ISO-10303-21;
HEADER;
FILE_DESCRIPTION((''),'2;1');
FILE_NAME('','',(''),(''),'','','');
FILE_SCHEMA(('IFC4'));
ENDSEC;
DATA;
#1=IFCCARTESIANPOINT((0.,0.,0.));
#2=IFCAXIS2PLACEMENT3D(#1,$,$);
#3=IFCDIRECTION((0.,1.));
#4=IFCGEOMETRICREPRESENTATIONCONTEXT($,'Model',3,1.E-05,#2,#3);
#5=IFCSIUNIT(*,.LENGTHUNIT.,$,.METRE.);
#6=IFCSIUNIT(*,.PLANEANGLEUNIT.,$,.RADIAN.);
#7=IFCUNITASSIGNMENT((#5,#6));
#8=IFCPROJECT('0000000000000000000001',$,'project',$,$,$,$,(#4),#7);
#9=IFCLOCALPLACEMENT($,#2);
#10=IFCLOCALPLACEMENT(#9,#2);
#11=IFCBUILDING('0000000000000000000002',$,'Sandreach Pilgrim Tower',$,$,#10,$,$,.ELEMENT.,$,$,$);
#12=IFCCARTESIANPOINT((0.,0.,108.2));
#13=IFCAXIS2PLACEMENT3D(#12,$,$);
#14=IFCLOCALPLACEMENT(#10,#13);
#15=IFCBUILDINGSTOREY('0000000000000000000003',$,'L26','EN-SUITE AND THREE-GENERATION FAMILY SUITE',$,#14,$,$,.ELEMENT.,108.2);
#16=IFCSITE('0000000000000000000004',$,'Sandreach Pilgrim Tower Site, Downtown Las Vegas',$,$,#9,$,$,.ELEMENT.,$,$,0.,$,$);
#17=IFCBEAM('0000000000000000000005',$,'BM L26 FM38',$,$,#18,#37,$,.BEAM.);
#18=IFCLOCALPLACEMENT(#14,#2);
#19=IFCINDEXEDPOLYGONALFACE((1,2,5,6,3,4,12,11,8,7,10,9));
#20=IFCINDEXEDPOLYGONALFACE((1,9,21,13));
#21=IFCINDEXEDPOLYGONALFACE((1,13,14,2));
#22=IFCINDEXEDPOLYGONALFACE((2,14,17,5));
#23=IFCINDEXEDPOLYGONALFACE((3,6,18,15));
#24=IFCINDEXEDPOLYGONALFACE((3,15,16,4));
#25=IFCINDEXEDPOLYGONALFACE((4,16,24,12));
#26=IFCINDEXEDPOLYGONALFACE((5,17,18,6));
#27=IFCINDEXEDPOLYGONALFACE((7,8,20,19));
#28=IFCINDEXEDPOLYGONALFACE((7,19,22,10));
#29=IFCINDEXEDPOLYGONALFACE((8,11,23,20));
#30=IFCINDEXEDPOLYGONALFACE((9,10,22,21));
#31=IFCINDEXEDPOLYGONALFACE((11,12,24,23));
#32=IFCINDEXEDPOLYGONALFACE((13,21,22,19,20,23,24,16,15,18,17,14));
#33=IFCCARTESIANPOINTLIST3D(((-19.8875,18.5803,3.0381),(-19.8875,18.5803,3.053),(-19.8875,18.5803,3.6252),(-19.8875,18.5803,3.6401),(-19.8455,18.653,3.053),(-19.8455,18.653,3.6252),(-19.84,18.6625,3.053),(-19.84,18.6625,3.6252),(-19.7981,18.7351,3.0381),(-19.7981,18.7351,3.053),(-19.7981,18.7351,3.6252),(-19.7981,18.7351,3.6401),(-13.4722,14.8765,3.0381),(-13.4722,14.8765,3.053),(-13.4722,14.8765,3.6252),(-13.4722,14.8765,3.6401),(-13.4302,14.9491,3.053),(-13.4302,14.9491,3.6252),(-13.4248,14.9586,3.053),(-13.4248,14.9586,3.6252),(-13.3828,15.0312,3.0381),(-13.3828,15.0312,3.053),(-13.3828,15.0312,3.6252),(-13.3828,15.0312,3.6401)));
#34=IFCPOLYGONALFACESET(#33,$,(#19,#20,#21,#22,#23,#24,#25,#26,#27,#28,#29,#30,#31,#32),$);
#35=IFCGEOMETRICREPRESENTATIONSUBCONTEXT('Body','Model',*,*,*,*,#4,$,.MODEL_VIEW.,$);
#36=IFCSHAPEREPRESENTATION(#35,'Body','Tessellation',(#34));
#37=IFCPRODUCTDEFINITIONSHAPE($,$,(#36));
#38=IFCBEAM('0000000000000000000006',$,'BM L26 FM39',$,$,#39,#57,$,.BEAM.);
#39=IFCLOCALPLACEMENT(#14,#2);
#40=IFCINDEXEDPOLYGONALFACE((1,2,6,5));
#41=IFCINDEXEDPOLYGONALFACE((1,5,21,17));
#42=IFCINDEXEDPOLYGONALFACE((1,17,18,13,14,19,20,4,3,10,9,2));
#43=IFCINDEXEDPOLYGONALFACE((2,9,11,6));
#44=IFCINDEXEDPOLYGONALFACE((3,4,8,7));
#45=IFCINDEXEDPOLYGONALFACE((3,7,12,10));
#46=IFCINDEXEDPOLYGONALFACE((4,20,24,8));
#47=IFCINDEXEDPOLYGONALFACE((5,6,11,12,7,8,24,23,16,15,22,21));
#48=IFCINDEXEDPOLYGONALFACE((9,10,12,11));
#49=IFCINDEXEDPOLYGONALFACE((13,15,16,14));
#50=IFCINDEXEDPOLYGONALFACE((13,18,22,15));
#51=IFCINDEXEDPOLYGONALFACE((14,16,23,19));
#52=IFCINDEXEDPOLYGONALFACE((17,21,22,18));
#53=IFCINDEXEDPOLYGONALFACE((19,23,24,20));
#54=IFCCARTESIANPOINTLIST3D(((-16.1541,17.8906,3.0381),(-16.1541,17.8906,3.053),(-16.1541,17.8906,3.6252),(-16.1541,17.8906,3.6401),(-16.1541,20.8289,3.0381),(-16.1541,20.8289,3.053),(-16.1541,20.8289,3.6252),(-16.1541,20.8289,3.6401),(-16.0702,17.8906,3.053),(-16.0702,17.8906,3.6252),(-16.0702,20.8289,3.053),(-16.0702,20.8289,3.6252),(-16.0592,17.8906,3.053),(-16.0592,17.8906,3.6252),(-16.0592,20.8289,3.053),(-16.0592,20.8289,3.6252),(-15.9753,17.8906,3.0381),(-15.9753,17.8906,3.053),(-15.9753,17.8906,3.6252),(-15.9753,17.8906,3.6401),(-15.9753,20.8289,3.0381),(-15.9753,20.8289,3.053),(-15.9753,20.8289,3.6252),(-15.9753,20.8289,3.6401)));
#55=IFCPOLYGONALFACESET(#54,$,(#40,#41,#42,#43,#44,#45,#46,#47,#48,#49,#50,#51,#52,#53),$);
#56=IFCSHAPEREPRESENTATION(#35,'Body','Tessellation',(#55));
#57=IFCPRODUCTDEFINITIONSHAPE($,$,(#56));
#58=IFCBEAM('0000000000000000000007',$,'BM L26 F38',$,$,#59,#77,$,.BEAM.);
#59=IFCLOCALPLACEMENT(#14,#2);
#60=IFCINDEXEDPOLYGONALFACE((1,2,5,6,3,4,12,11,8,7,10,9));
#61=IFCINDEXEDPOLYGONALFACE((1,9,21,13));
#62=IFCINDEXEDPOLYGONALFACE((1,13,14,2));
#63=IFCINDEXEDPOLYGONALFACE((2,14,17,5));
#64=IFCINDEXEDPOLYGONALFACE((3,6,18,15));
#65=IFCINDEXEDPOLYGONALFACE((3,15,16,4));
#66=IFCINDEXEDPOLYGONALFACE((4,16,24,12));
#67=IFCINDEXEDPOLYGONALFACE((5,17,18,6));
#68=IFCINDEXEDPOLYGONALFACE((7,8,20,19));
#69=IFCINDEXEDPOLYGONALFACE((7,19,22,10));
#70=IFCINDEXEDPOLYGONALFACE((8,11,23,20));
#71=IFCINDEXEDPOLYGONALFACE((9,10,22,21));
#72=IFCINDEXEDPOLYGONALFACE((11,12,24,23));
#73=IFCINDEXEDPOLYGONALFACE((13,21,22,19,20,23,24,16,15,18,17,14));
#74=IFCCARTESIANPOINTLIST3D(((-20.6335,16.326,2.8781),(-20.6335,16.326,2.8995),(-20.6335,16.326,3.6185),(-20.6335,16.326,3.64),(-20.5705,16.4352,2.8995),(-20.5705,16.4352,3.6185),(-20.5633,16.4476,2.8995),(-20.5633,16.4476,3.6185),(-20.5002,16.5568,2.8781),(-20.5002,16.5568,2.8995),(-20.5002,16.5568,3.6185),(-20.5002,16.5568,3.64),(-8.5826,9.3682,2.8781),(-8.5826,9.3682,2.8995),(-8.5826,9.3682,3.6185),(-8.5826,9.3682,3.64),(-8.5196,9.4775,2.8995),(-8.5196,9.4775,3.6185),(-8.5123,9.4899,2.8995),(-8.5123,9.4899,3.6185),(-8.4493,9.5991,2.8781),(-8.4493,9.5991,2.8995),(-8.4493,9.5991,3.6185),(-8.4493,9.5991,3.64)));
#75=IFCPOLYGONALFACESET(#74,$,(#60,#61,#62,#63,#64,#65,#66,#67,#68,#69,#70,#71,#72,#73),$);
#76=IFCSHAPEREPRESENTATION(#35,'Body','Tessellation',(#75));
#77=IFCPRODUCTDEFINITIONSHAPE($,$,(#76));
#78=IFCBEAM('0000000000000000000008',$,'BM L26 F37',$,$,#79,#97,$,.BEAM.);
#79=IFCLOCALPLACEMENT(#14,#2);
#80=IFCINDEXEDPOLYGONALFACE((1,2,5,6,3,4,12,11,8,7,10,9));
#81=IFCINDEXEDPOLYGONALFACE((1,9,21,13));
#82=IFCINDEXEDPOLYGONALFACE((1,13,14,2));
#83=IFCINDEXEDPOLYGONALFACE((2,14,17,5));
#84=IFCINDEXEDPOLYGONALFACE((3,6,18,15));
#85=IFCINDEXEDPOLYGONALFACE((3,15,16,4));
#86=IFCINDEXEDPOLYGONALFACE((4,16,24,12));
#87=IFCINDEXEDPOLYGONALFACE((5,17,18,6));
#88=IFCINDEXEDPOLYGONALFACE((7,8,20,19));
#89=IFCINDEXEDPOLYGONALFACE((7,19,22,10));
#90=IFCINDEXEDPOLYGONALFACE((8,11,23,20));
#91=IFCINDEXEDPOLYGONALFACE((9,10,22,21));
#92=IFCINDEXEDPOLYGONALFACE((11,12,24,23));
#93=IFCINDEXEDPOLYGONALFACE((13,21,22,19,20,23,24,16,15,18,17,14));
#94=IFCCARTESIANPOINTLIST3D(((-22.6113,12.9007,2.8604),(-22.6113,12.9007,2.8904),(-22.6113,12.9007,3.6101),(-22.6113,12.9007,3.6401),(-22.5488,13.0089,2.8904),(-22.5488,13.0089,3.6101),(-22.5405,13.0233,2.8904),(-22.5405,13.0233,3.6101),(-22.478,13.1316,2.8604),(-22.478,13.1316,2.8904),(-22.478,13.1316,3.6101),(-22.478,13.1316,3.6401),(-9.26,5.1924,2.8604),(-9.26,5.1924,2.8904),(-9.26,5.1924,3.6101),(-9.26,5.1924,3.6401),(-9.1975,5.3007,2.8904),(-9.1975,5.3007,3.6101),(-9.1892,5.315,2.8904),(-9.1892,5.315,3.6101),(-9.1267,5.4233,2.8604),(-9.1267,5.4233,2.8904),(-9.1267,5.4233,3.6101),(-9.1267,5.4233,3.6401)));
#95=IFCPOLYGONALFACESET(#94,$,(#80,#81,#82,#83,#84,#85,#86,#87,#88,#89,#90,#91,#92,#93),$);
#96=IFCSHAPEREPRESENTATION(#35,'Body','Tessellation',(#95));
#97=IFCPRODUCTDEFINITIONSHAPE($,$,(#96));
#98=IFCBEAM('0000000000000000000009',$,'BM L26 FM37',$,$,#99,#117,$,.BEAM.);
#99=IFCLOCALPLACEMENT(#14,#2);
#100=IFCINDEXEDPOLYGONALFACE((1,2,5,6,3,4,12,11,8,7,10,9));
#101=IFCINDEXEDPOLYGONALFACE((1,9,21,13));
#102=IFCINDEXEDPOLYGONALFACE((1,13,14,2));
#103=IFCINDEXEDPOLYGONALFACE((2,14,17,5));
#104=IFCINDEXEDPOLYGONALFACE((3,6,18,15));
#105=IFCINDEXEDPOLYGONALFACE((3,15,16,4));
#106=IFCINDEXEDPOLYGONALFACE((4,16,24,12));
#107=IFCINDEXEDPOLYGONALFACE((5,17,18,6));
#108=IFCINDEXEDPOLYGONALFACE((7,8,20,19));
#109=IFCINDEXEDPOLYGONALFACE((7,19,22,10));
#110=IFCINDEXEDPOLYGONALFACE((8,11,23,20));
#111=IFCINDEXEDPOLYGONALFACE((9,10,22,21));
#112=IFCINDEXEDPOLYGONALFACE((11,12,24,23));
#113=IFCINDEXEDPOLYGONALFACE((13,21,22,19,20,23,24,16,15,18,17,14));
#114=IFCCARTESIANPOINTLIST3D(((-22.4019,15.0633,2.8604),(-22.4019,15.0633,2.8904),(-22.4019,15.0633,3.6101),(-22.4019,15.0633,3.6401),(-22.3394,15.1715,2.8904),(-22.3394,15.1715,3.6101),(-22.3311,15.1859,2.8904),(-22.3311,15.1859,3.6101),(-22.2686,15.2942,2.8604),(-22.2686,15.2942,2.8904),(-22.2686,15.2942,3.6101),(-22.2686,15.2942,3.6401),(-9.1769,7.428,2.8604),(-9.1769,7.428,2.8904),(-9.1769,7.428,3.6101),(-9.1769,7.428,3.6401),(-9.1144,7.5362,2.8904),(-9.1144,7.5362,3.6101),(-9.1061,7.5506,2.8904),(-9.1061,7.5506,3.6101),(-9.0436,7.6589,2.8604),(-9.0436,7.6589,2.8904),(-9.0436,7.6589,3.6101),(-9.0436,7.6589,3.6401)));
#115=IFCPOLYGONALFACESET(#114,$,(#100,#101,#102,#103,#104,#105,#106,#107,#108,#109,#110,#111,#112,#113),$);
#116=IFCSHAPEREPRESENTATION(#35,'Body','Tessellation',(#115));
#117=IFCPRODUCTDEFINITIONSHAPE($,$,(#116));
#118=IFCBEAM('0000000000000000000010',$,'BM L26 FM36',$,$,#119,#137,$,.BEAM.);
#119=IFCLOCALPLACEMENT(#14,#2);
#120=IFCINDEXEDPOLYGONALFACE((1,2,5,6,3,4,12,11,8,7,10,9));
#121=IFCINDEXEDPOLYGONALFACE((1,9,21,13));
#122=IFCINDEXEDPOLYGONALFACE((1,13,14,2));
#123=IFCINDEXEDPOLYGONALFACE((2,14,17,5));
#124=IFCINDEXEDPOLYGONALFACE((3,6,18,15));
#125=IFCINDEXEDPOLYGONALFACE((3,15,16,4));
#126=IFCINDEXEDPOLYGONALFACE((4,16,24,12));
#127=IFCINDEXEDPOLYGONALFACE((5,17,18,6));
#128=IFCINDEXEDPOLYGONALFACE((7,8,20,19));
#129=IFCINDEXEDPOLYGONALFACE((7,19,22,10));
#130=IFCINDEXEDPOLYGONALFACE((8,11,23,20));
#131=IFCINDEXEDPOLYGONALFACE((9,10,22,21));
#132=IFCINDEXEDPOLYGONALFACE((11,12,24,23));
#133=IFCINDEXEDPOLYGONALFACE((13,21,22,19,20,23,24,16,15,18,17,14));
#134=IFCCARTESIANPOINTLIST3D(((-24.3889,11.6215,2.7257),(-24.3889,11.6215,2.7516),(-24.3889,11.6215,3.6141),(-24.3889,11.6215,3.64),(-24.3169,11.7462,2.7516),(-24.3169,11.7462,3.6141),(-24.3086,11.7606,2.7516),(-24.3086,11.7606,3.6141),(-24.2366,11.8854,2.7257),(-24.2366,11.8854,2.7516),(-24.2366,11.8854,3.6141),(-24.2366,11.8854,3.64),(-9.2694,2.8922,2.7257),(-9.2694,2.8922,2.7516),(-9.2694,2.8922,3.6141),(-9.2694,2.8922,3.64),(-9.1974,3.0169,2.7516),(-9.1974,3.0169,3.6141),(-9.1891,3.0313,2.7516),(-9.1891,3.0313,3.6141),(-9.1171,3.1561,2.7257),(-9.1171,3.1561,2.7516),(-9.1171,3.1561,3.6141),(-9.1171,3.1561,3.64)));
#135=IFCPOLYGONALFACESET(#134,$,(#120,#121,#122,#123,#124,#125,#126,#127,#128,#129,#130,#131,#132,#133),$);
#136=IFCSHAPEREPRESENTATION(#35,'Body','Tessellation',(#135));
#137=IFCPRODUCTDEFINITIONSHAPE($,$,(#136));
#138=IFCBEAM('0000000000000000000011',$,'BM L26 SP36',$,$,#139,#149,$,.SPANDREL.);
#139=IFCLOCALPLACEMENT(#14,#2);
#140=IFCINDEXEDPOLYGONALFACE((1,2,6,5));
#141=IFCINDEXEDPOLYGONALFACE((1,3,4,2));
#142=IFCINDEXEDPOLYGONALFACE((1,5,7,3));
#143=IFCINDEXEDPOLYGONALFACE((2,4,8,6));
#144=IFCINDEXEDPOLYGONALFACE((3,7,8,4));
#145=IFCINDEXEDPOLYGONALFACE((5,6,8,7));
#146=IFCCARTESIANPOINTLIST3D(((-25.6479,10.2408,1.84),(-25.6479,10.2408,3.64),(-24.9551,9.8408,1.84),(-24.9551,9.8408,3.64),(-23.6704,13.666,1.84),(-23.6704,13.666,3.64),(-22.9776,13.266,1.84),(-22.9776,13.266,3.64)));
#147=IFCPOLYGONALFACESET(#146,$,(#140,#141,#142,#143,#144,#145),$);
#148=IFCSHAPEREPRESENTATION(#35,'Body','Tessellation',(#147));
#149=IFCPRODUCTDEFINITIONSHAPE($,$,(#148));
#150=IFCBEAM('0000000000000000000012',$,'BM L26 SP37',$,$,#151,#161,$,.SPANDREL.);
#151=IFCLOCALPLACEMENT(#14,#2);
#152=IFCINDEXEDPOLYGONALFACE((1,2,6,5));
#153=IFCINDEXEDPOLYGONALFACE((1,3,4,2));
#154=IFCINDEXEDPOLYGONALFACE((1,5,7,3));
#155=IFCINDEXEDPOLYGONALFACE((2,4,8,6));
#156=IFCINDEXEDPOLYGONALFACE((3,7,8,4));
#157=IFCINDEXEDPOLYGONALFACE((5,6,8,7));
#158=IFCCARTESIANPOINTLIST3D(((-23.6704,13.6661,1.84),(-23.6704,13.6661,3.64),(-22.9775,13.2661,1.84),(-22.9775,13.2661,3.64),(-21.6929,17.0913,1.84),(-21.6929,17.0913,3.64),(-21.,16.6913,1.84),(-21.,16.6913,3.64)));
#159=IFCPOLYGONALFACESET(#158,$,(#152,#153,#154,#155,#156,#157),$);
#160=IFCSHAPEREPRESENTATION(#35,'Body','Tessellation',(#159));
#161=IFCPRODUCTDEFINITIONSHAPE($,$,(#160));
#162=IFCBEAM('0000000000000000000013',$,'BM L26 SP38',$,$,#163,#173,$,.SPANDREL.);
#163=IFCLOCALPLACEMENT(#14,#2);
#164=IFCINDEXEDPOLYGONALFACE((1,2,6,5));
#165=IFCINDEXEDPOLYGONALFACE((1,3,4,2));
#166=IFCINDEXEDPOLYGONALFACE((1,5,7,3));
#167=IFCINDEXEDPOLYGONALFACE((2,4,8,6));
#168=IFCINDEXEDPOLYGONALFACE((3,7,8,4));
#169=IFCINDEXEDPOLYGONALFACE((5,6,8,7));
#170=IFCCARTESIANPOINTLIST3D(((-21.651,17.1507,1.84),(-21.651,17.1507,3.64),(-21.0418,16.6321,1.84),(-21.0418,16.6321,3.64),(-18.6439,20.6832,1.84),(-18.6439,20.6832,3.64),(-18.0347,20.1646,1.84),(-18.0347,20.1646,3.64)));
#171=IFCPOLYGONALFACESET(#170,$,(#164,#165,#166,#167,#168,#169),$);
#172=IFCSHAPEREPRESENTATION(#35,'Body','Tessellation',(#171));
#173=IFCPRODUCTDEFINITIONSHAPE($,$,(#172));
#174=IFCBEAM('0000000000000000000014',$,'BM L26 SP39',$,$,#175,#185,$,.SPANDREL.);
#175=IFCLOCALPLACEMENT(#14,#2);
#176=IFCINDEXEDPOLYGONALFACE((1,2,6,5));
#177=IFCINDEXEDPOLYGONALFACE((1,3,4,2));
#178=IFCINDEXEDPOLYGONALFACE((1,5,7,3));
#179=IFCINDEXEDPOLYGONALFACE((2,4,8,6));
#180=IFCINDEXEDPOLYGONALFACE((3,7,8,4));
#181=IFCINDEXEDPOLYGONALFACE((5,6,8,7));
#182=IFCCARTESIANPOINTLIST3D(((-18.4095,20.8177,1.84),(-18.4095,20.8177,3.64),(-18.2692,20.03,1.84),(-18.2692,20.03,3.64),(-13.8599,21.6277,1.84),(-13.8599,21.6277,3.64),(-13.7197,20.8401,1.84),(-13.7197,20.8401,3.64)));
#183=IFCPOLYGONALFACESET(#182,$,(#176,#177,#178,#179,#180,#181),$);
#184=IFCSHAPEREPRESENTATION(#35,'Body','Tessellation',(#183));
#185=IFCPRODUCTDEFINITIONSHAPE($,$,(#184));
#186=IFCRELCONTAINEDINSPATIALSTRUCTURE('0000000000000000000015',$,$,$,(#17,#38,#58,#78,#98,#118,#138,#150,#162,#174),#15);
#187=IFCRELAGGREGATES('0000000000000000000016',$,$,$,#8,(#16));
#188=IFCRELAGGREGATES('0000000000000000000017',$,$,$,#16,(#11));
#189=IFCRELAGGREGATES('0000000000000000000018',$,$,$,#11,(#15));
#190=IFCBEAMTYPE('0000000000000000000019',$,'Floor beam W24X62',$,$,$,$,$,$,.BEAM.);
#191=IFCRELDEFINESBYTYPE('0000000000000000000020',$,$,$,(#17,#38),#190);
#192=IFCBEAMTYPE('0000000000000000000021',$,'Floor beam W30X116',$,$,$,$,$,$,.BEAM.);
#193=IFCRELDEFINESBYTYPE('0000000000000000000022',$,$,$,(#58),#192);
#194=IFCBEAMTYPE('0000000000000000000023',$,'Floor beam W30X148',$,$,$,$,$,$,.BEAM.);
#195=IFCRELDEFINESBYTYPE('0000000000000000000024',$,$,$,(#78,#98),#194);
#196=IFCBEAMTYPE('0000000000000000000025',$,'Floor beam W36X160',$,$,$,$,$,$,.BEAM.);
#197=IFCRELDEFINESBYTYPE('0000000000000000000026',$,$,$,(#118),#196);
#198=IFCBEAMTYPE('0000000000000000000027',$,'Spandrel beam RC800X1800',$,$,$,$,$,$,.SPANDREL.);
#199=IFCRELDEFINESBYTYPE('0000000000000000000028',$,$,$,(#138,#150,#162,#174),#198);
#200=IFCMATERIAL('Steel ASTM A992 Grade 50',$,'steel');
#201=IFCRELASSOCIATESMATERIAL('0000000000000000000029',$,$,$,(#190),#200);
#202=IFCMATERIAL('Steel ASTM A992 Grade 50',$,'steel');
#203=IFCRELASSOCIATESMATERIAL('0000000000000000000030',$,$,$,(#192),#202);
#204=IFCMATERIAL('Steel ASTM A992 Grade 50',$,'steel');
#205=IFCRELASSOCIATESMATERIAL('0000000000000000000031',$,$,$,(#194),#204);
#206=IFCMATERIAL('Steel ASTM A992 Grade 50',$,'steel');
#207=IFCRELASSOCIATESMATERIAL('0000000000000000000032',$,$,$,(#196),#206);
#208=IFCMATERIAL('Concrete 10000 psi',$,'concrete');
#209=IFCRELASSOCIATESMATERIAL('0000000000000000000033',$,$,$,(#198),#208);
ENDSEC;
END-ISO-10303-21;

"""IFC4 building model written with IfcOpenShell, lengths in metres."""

from ifc_helpers import new_model, si_unit, direction, frame, origin, origin_2d, place, context, subcontext, project, spatial, rectangle, i_section, extrude, material, material_profile, profile_set, type_object, element, save


model = new_model("IFC4")

# Units and contexts
model_context = context("Model", 3, precision=1e-05, world=origin(), true_north=direction((0.0, 1.0)))
body_context = subcontext(model_context, "Body", "Model", "MODEL_VIEW")
ifc_project = project(units=[si_unit("LENGTHUNIT", "METRE"), si_unit("PLANEANGLEUNIT", "RADIAN")], contexts=[model_context])

# Site, building, storey
site_placement = place(None, origin())
site = spatial("IfcSite", under=ifc_project, at=site_placement, Name="Sandreach Pilgrim Tower Site, Downtown Las Vegas", CompositionType="ELEMENT", RefElevation=0.0)
building_placement = place(site_placement, origin())
building = spatial("IfcBuilding", under=site, at=building_placement, Name="Sandreach Pilgrim Tower", CompositionType="ELEMENT")
storey_placement = place(building_placement, frame((0.0, 0.0, 108.2)))
storey = spatial("IfcBuildingStorey", under=building, at=storey_placement, Name="L26", Description="EN-SUITE AND THREE-GENERATION FAMILY SUITE", CompositionType="ELEMENT", Elevation=108.2)

# Beams
ifc_material_1 = material(Name="Steel ASTM A992 Grade 50", Category="steel")
ifc_material_profile_1 = material_profile(ifc_material_1, i_section(OverallWidth=0.1787, OverallDepth=0.6021, WebThickness=0.011, FlangeThickness=0.0149, at=origin_2d()), Name="W24X62")
ifc_profile_set_1 = profile_set([ifc_material_profile_1], Name="Steel ASTM A992 Grade 50")
beam_type_1 = type_object("IfcBeamType", Name="Floor beam W24X62", PredefinedType="BEAM", material=ifc_profile_set_1)
beam_1_placement = place(storey_placement, frame((-19.8428, 18.6577, 3.3391), z_axis=(0.866026, -0.499999, 0.0), x_axis=(0.499999, 0.866026, 0.0)))
element("IfcBeam", 1, at=beam_1_placement, inside=storey, type_object=beam_type_1, Name="BM L26 FM38", PredefinedType="BEAM", context=body_context, shape_type="SweptSolid", body=[
    extrude(i_section(OverallWidth=0.1787, OverallDepth=0.6021, WebThickness=0.011, FlangeThickness=0.0149, at=origin_2d()), origin(), (0.0, 0.0, 1.0), 7.4077),
])
beam_2_placement = place(storey_placement, frame((-16.0647, 20.8289, 3.3391), z_axis=(0.0, -1.0, 0.0), x_axis=(1.0, 0.0, 0.0)))
element("IfcBeam", 2, at=beam_2_placement, inside=storey, type_object=beam_type_1, Name="BM L26 FM39", PredefinedType="BEAM", context=body_context, shape_type="SweptSolid", body=[
    extrude(i_section(OverallWidth=0.1787, OverallDepth=0.6021, WebThickness=0.011, FlangeThickness=0.0149, at=origin_2d()), origin(), (0.0, 0.0, 1.0), 2.9382),
])
ifc_material_2 = material(Name="Steel ASTM A992 Grade 50", Category="steel")
ifc_material_profile_2 = material_profile(ifc_material_2, i_section(OverallWidth=0.2666, OverallDepth=0.762, WebThickness=0.0144, FlangeThickness=0.0215, at=origin_2d()), Name="W30X116")
ifc_profile_set_2 = profile_set([ifc_material_profile_2], Name="Steel ASTM A992 Grade 50")
beam_type_2 = type_object("IfcBeamType", Name="Floor beam W30X116", PredefinedType="BEAM", material=ifc_profile_set_2)
beam_3_placement = place(storey_placement, frame((-20.5669, 16.4414, 3.259), z_axis=(0.866022, -0.500005, 0.0), x_axis=(0.500005, 0.866022, 0.0)))
element("IfcBeam", 3, at=beam_3_placement, inside=storey, type_object=beam_type_2, Name="BM L26 F38", PredefinedType="BEAM", context=body_context, shape_type="SweptSolid", body=[
    extrude(i_section(OverallWidth=0.2666, OverallDepth=0.762, WebThickness=0.0144, FlangeThickness=0.0215, at=origin_2d()), origin(), (0.0, 0.0, 1.0), 13.9153),
])
ifc_material_3 = material(Name="Steel ASTM A992 Grade 50", Category="steel")
ifc_material_profile_3 = material_profile(ifc_material_3, i_section(OverallWidth=0.2666, OverallDepth=0.7798, WebThickness=0.0166, FlangeThickness=0.03, at=origin_2d()), Name="W30X148")
ifc_profile_set_3 = profile_set([ifc_material_profile_3], Name="Steel ASTM A992 Grade 50")
beam_type_3 = type_object("IfcBeamType", Name="Floor beam W30X148", PredefinedType="BEAM", material=ifc_profile_set_3)
beam_4_placement = place(storey_placement, frame((-22.5447, 13.0161, 3.2502), z_axis=(0.866029, -0.499993, 0.0), x_axis=(0.499993, 0.866029, 0.0)))
element("IfcBeam", 4, at=beam_4_placement, inside=storey, type_object=beam_type_3, Name="BM L26 F37", PredefinedType="BEAM", context=body_context, shape_type="SweptSolid", body=[
    extrude(i_section(OverallWidth=0.2666, OverallDepth=0.7798, WebThickness=0.0166, FlangeThickness=0.03, at=origin_2d()), origin(), (0.0, 0.0, 1.0), 15.4167),
])
beam_5_placement = place(storey_placement, frame((-22.3352, 15.1787, 3.2502), z_axis=(0.866029, -0.499994, 0.0), x_axis=(0.499994, 0.866029, 0.0)))
element("IfcBeam", 5, at=beam_5_placement, inside=storey, type_object=beam_type_3, Name="BM L26 FM37", PredefinedType="BEAM", context=body_context, shape_type="SweptSolid", body=[
    extrude(i_section(OverallWidth=0.2666, OverallDepth=0.7798, WebThickness=0.0166, FlangeThickness=0.03, at=origin_2d()), origin(), (0.0, 0.0, 1.0), 15.2708),
])
ifc_material_4 = material(Name="Steel ASTM A992 Grade 50", Category="steel")
ifc_material_profile_4 = material_profile(ifc_material_4, i_section(OverallWidth=0.3047, OverallDepth=0.9143, WebThickness=0.0166, FlangeThickness=0.0259, at=origin_2d()), Name="W36X160")
ifc_profile_set_4 = profile_set([ifc_material_profile_4], Name="Steel ASTM A992 Grade 50")
beam_type_4 = type_object("IfcBeamType", Name="Floor beam W36X160", PredefinedType="BEAM", material=ifc_profile_set_4)
beam_6_placement = place(storey_placement, frame((-24.3127, 11.7534, 3.1829), z_axis=(0.866024, -0.500003, 0.0), x_axis=(0.500003, 0.866024, 0.0)))
element("IfcBeam", 6, at=beam_6_placement, inside=storey, type_object=beam_type_4, Name="BM L26 FM36", PredefinedType="BEAM", context=body_context, shape_type="SweptSolid", body=[
    extrude(i_section(OverallWidth=0.3047, OverallDepth=0.9143, WebThickness=0.0166, FlangeThickness=0.0259, at=origin_2d()), origin(), (0.0, 0.0, 1.0), 17.4585),
])
ifc_material_5 = material(Name="Concrete 10000 psi", Category="concrete")
ifc_material_profile_5 = material_profile(ifc_material_5, rectangle(XDim=0.8, YDim=1.8, at=origin_2d()), Name="RC800X1800")
ifc_profile_set_5 = profile_set([ifc_material_profile_5], Name="Concrete 10000 psi")
beam_type_5 = type_object("IfcBeamType", Name="Spandrel beam RC800X1800", PredefinedType="SPANDREL", material=ifc_profile_set_5)
for number, where, z_axis, x_axis, name in (
    (7, (-25.3015, 10.0408, 2.74), (0.49999, 0.866031, 0.0), (-0.866031, 0.49999, 0.0), "BM L26 SP36"),
    (8, (-23.324, 13.4661, 2.74), (0.49999, 0.866031, 0.0), (-0.866031, 0.49999, 0.0), "BM L26 SP37"),
):
    element("IfcBeam", number, at=place(storey_placement, frame(where, z_axis=z_axis, x_axis=x_axis)), inside=storey, type_object=beam_type_5, Name=name, PredefinedType="SPANDREL", context=body_context, shape_type="SweptSolid", body=[
        extrude(rectangle(XDim=0.8, YDim=1.8, at=origin_2d()), origin(), (0.0, 0.0, 1.0), 3.9551),
    ])
beam_7_placement = place(storey_placement, frame((-21.3464, 16.8914, 2.74), z_axis=(0.648209, 0.761463, 0.0), x_axis=(-0.761463, 0.648209, 0.0)))
element("IfcBeam", 9, at=beam_7_placement, inside=storey, type_object=beam_type_5, Name="BM L26 SP38", PredefinedType="SPANDREL", context=body_context, shape_type="SweptSolid", body=[
    extrude(rectangle(XDim=0.8, YDim=1.8, at=origin_2d()), origin(), (0.0, 0.0, 1.0), 4.6392),
])
beam_8_placement = place(storey_placement, frame((-18.3394, 20.4238, 2.74), z_axis=(0.984516, 0.175295, 0.0), x_axis=(-0.175295, 0.984516, 0.0)))
element("IfcBeam", 10, at=beam_8_placement, inside=storey, type_object=beam_type_5, Name="BM L26 SP39", PredefinedType="SPANDREL", context=body_context, shape_type="SweptSolid", body=[
    extrude(rectangle(XDim=0.8, YDim=1.8, at=origin_2d()), origin(), (0.0, 0.0, 1.0), 4.6211),
])

save(model, "model.ifc")
